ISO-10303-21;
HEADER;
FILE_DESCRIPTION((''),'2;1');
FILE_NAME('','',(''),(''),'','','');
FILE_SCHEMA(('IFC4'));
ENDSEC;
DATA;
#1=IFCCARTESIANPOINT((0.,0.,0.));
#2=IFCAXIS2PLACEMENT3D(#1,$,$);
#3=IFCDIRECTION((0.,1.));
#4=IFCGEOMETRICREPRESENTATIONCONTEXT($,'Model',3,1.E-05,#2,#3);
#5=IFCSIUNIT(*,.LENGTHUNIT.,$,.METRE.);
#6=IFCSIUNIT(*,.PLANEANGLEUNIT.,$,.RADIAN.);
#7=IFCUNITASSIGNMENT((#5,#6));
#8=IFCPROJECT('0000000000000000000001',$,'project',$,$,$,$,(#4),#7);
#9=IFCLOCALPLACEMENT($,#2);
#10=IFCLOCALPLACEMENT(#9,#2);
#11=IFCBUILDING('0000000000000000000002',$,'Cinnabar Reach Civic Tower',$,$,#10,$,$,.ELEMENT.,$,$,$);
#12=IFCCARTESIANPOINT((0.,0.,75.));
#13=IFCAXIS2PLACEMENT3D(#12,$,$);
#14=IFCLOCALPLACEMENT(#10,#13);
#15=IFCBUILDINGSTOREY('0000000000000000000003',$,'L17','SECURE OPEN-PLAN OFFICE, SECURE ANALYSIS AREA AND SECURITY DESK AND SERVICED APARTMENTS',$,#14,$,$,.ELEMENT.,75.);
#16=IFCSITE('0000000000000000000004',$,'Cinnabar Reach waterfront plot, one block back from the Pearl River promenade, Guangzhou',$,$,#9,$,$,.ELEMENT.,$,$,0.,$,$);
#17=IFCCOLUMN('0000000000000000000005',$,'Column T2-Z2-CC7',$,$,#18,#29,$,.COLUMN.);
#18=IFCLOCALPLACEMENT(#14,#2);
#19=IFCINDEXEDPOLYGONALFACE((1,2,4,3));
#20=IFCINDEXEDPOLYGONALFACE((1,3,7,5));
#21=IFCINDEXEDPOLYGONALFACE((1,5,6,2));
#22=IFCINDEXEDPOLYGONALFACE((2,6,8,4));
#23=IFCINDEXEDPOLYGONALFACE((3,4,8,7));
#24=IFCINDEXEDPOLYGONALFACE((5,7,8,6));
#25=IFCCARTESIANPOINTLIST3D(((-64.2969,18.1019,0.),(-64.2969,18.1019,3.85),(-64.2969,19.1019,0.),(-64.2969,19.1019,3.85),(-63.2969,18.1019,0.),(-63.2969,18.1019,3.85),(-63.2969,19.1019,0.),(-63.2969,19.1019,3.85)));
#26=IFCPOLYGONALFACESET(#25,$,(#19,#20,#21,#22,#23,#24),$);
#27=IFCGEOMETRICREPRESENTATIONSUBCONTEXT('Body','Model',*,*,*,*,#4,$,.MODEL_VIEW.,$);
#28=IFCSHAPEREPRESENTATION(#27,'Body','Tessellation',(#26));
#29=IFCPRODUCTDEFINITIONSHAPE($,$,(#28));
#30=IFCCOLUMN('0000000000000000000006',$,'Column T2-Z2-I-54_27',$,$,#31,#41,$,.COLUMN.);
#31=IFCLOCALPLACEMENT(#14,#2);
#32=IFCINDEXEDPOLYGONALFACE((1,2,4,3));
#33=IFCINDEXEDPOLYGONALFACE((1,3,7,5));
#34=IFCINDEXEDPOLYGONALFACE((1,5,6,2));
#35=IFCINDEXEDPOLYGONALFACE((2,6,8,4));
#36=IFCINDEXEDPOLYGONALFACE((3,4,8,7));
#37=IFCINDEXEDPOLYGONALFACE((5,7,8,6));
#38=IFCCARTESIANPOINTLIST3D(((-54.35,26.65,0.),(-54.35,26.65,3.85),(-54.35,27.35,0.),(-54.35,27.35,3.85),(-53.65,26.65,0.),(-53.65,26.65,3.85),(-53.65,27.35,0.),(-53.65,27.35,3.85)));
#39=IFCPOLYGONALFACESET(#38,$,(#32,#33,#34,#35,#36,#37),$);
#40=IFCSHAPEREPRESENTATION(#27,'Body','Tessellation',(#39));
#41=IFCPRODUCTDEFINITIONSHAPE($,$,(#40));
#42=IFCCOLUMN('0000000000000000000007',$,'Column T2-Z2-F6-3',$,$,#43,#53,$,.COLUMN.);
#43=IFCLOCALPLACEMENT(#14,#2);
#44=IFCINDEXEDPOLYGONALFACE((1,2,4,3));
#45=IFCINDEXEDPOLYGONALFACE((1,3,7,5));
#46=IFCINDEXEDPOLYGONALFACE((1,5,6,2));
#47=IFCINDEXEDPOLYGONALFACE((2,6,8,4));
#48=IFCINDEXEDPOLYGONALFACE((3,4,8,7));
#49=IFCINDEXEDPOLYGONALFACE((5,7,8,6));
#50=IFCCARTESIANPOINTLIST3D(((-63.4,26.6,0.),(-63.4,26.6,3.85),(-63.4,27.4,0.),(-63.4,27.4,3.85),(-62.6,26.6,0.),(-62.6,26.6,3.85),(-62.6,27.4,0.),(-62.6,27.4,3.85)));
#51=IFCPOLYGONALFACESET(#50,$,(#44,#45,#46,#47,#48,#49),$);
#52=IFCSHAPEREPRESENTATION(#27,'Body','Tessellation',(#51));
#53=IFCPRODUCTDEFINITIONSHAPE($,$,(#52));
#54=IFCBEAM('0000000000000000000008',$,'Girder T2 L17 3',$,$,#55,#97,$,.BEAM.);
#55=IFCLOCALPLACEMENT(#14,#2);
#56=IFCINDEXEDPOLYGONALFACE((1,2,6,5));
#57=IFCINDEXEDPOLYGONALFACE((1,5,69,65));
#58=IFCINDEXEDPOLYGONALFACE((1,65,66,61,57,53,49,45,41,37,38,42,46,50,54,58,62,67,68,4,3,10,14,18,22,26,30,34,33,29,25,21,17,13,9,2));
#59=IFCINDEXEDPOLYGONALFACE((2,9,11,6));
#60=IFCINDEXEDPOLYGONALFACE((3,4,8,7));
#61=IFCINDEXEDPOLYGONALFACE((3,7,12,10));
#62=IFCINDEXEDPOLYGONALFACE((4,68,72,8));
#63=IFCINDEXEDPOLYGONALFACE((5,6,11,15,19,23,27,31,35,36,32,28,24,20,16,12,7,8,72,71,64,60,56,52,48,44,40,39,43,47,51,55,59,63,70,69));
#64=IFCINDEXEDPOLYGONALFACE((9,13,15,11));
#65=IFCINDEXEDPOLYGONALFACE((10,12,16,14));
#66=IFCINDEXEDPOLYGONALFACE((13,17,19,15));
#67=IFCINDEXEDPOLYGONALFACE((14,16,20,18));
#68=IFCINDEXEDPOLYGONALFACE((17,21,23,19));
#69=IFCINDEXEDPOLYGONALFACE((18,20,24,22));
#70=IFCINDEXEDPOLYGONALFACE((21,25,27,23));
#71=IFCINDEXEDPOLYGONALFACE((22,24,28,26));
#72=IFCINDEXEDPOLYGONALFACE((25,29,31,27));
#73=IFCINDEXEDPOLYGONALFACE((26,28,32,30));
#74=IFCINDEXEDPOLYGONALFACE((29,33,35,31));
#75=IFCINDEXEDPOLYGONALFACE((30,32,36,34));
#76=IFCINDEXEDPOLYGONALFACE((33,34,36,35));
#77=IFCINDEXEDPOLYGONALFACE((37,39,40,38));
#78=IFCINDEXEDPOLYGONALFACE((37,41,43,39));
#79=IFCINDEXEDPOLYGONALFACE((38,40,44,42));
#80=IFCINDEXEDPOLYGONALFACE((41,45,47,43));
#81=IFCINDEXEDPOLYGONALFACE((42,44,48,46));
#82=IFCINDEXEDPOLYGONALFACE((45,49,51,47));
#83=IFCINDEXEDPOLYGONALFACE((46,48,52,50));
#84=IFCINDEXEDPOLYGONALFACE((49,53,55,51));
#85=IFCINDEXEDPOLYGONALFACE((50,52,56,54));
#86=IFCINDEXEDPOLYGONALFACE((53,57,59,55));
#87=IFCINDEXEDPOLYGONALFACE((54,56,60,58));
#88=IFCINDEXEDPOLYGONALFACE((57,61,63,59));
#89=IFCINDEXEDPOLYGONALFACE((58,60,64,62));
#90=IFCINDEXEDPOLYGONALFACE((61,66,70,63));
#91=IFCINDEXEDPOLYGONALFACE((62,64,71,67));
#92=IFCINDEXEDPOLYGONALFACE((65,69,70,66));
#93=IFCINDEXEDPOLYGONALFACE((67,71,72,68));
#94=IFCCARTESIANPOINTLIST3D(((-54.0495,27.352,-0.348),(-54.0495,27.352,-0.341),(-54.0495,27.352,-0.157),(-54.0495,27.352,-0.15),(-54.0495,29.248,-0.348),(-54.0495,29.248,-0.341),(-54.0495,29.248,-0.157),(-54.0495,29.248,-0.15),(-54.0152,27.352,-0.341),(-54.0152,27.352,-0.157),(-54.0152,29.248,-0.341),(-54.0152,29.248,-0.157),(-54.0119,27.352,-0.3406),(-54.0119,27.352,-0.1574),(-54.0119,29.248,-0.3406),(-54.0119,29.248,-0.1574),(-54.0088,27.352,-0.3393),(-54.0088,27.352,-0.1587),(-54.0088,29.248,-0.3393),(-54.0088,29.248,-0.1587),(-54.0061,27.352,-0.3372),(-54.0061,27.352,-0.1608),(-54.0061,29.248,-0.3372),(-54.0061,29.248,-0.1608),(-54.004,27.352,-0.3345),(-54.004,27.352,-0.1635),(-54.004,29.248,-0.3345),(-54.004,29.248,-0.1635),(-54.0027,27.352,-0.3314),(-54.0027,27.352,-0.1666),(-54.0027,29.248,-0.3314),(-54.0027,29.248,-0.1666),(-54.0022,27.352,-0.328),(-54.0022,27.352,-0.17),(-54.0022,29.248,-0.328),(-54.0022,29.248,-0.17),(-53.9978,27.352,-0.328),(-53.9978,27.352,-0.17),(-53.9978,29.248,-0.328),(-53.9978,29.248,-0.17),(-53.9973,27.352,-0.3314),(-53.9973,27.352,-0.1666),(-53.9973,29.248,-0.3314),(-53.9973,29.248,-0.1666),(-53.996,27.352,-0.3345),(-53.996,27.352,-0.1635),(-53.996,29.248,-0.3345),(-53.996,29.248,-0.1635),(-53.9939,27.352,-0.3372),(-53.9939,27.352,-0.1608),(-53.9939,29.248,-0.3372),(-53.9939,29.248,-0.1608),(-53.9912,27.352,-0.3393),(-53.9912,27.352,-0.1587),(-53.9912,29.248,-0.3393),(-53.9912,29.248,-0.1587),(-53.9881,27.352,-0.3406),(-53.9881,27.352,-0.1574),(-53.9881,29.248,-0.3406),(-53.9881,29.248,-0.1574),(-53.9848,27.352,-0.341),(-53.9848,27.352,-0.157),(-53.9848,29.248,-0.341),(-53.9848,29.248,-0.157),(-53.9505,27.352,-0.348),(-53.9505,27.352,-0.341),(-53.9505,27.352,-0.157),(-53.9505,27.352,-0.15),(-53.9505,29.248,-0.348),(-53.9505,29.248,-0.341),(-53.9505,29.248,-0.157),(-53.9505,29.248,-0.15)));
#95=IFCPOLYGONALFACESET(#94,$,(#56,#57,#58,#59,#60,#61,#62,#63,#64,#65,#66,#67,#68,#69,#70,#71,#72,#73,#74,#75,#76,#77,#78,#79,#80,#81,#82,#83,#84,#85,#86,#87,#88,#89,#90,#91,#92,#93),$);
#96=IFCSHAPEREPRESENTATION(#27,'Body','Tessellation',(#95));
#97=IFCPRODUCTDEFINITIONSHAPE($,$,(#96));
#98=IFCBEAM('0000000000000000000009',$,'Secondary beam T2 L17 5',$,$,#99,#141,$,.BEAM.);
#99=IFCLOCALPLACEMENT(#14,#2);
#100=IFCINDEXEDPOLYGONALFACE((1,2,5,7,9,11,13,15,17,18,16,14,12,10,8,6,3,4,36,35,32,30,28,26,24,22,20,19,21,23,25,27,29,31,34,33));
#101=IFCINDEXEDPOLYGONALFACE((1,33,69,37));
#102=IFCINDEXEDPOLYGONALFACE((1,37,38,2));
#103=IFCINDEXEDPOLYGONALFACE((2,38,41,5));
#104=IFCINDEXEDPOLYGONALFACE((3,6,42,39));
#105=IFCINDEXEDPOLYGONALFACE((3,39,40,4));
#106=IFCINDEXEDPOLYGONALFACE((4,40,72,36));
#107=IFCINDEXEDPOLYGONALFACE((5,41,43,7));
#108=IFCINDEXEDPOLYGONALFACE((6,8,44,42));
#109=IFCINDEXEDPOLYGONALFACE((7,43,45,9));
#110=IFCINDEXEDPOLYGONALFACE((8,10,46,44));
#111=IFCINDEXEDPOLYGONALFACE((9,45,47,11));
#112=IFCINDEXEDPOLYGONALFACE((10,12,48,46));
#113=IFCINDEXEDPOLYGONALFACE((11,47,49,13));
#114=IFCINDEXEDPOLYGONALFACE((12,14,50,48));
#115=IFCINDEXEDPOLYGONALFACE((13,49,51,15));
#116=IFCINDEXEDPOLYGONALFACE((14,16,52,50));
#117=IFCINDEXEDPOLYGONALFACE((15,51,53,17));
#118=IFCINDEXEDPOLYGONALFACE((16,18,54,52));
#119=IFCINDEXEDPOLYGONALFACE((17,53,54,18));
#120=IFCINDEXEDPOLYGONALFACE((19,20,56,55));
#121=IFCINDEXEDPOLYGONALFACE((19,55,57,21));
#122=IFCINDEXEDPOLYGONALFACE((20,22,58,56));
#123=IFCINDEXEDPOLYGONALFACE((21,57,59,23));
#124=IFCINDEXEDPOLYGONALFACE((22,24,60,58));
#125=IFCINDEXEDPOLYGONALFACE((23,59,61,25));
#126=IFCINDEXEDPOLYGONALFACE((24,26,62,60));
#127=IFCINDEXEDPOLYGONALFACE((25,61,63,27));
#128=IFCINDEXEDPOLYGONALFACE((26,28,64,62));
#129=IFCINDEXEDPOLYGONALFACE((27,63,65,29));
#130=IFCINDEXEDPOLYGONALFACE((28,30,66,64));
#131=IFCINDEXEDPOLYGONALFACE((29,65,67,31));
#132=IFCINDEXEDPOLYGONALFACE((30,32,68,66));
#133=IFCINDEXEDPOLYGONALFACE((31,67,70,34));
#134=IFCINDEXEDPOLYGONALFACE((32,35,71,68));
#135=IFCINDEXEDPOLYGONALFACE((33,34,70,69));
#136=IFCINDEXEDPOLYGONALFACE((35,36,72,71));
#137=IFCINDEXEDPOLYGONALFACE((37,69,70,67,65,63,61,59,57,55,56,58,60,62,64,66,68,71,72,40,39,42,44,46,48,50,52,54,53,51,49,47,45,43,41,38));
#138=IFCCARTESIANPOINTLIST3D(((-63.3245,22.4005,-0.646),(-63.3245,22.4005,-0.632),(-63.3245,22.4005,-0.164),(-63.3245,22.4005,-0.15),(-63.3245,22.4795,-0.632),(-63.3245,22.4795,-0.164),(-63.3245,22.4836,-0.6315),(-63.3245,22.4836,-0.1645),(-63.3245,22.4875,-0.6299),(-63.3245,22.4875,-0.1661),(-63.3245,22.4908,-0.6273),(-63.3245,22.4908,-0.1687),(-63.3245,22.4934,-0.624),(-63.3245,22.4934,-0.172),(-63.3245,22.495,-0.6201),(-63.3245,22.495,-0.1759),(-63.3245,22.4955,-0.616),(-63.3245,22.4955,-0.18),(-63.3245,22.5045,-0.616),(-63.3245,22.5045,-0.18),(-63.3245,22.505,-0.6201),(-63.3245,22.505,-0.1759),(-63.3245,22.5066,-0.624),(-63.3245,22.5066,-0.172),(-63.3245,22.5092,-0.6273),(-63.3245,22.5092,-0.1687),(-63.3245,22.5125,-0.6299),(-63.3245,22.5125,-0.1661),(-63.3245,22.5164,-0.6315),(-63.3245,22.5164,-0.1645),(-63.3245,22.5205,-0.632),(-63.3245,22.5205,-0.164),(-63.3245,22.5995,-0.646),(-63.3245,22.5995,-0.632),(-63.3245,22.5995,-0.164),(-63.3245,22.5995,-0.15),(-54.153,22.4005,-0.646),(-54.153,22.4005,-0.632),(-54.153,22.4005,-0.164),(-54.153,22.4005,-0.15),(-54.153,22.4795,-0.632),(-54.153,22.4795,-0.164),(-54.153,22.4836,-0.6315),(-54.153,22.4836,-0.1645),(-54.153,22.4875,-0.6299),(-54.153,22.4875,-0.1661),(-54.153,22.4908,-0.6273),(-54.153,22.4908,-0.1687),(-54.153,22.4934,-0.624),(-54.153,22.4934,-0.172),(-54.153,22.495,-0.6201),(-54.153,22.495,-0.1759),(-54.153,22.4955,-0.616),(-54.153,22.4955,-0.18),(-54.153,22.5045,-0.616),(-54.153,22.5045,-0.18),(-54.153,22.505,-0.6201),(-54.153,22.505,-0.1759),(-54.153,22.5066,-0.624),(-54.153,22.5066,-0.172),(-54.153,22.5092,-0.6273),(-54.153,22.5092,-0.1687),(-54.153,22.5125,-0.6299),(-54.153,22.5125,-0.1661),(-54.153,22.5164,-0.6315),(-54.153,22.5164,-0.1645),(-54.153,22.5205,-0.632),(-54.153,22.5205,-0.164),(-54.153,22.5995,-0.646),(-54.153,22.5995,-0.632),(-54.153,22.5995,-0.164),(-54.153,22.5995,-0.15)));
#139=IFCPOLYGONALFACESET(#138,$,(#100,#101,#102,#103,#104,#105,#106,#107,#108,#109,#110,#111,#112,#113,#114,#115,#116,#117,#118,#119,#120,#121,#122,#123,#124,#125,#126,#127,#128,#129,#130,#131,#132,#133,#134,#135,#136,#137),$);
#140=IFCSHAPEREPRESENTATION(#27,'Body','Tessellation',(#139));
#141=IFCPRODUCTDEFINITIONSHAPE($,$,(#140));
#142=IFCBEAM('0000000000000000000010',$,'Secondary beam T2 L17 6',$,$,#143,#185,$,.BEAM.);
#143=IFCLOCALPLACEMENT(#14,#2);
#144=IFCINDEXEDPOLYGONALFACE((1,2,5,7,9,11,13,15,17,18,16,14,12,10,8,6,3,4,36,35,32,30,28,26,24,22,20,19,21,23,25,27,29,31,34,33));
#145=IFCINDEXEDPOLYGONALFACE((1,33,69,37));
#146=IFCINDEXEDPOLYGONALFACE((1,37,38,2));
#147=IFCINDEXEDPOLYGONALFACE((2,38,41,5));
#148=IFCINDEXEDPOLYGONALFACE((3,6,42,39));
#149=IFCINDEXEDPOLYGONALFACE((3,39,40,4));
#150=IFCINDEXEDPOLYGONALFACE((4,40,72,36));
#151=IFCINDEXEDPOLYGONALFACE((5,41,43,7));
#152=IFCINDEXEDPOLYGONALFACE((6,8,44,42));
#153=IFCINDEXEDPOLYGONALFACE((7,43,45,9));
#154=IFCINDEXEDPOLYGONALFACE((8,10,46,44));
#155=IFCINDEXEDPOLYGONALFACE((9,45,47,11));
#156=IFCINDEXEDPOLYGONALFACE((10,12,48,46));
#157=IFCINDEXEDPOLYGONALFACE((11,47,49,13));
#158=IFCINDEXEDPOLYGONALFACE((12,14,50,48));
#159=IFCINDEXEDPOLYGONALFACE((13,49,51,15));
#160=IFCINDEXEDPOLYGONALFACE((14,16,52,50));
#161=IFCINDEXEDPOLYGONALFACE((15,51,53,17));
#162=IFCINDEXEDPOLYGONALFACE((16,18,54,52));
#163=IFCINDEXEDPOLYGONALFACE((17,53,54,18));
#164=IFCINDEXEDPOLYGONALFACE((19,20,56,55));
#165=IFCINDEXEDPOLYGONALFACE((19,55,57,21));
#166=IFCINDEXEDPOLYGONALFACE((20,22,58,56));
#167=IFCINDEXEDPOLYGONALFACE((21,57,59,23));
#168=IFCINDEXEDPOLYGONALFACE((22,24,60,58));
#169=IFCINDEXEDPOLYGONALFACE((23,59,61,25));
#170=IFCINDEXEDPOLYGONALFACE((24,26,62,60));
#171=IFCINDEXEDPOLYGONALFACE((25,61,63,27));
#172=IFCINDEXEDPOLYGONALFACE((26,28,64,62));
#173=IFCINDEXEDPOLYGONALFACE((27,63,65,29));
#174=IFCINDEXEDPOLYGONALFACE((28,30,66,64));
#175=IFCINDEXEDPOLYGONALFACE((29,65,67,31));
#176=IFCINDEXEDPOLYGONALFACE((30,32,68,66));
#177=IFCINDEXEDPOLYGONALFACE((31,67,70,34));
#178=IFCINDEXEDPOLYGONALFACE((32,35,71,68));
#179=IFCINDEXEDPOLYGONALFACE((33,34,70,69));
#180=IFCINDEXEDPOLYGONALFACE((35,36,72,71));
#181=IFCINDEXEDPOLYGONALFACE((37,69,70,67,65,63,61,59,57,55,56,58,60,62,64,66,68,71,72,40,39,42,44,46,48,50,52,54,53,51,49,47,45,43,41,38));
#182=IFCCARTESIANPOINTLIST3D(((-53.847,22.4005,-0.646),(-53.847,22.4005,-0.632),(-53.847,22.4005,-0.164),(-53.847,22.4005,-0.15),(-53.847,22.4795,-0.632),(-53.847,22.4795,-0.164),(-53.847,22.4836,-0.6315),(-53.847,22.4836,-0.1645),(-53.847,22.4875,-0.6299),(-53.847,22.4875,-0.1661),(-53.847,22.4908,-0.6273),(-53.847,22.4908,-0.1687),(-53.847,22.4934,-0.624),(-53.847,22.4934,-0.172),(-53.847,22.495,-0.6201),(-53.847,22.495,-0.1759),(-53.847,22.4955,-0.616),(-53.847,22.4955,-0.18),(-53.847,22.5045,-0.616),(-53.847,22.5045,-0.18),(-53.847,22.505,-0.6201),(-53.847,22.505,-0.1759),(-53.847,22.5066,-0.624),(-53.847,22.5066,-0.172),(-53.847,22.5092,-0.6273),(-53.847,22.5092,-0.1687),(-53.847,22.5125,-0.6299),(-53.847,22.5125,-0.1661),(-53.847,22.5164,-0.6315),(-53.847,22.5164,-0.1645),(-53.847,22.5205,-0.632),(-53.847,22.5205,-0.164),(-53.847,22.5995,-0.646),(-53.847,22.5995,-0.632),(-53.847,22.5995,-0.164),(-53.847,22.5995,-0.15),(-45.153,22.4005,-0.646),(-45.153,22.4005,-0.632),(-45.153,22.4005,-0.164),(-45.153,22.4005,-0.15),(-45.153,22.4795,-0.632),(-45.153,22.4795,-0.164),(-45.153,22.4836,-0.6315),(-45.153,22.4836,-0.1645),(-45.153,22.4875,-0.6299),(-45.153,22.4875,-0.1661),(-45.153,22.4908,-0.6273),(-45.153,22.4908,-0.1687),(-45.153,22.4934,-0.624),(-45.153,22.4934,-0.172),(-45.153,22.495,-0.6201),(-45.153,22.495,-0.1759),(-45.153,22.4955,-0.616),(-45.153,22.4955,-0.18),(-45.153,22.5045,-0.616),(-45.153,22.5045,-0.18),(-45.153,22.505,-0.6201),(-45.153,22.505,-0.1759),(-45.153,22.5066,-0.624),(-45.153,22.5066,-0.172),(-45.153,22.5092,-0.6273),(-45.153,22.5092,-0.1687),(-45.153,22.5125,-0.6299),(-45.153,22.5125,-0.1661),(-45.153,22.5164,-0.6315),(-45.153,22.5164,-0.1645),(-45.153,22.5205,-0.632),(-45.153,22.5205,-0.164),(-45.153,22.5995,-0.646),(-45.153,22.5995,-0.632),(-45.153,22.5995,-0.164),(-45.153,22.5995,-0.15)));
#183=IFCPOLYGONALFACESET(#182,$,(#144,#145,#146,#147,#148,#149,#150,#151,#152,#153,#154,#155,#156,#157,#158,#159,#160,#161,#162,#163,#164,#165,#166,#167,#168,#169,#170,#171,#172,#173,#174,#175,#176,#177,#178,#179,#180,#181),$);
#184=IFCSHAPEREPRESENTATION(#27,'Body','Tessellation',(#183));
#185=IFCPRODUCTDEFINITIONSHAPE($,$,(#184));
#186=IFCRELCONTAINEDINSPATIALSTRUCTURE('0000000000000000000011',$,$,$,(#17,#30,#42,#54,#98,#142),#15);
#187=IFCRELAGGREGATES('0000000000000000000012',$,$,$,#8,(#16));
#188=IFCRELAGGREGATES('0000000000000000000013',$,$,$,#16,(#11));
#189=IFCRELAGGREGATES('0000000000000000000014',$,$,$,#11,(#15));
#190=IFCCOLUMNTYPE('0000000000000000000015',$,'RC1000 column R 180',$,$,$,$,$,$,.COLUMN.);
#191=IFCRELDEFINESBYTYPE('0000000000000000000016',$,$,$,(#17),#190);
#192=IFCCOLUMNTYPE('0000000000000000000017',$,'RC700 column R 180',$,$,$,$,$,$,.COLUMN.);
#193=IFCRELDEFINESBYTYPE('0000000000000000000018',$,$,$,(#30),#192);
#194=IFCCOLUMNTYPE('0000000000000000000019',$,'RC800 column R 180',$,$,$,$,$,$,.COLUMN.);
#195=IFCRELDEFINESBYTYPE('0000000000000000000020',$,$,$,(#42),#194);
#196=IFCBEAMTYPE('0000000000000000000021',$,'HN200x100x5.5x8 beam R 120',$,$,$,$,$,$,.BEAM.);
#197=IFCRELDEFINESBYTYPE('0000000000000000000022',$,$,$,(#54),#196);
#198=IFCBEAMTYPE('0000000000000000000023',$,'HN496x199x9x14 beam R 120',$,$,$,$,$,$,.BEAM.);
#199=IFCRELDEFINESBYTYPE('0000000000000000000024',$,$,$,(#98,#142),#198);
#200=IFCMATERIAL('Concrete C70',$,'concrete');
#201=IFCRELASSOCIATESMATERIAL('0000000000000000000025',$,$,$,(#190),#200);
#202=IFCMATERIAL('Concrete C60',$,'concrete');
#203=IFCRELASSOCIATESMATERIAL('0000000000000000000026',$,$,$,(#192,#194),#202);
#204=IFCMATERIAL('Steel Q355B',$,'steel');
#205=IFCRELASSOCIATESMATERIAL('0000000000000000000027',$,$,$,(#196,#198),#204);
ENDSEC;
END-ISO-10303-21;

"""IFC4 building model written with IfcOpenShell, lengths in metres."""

from ifc_helpers import new_model, si_unit, direction, frame, origin, origin_2d, place, context, subcontext, project, spatial, rectangle, i_section, extrude, material, material_profile, profile_set, type_object, element, save


model = new_model("IFC4")

# Units and contexts
model_context = context("Model", 3, precision=1e-05, world=origin(), true_north=direction((0.0, 1.0)))
body_context = subcontext(model_context, "Body", "Model", "MODEL_VIEW")
ifc_project = project(units=[si_unit("LENGTHUNIT", "METRE"), si_unit("PLANEANGLEUNIT", "RADIAN")], contexts=[model_context])

# Site, building, storey
site_placement = place(None, origin())
site = spatial("IfcSite", under=ifc_project, at=site_placement, Name="Cinnabar Reach waterfront plot, one block back from the Pearl River promenade, Guangzhou", CompositionType="ELEMENT", RefElevation=0.0)
building_placement = place(site_placement, origin())
building = spatial("IfcBuilding", under=site, at=building_placement, Name="Cinnabar Reach Civic Tower", CompositionType="ELEMENT")
storey_placement = place(building_placement, frame((0.0, 0.0, 75.0)))
storey = spatial("IfcBuildingStorey", under=building, at=storey_placement, Name="L17", Description="SECURE OPEN-PLAN OFFICE, SECURE ANALYSIS AREA AND SECURITY DESK AND SERVICED APARTMENTS", CompositionType="ELEMENT", Elevation=75.0)

# Columns
ifc_material_1 = material(Name="Concrete C70", Category="concrete")
ifc_material_profile_1 = material_profile(ifc_material_1, rectangle(XDim=1.0, YDim=1.0, at=origin_2d()), Name="RC1000")
ifc_profile_set_1 = profile_set([ifc_material_profile_1], Name="Concrete C70")
column_type_1 = type_object("IfcColumnType", Name="RC1000 column R 180", PredefinedType="COLUMN", material=ifc_profile_set_1)
column_1_placement = place(storey_placement, frame((-63.7969, 18.6019, 0.0), z_axis=(0.0, 0.0, 1.0), x_axis=(1.0, 0.0, 0.0)))
element("IfcColumn", 1, at=column_1_placement, inside=storey, type_object=column_type_1, Name="Column T2-Z2-CC7", PredefinedType="COLUMN", context=body_context, shape_type="SweptSolid", body=[
    extrude(rectangle(XDim=1.0, YDim=1.0, at=origin_2d()), origin(), (0.0, 0.0, 1.0), 3.85),
])
ifc_material_2 = material(Name="Concrete C60", Category="concrete")
ifc_material_profile_2 = material_profile(ifc_material_2, rectangle(XDim=0.7, YDim=0.7, at=origin_2d()), Name="RC700")
ifc_profile_set_2 = profile_set([ifc_material_profile_2], Name="Concrete C60")
column_type_2 = type_object("IfcColumnType", Name="RC700 column R 180", PredefinedType="COLUMN", material=ifc_profile_set_2)
column_2_placement = place(storey_placement, frame((-54.0, 27.0, 0.0), z_axis=(0.0, 0.0, 1.0), x_axis=(1.0, 0.0, 0.0)))
element("IfcColumn", 2, at=column_2_placement, inside=storey, type_object=column_type_2, Name="Column T2-Z2-I-54_27", PredefinedType="COLUMN", context=body_context, shape_type="SweptSolid", body=[
    extrude(rectangle(XDim=0.7, YDim=0.7, at=origin_2d()), origin(), (0.0, 0.0, 1.0), 3.85),
])
ifc_material_profile_3 = material_profile(ifc_material_2, rectangle(XDim=0.8, YDim=0.8, at=origin_2d()), Name="RC800")
ifc_profile_set_3 = profile_set([ifc_material_profile_3], Name="Concrete C60")
column_type_3 = type_object("IfcColumnType", Name="RC800 column R 180", PredefinedType="COLUMN", material=ifc_profile_set_3)
column_3_placement = place(storey_placement, frame((-63.0, 27.0, 0.0), z_axis=(0.0, 0.0, 1.0), x_axis=(1.0, 0.0, 0.0)))
element("IfcColumn", 3, at=column_3_placement, inside=storey, type_object=column_type_3, Name="Column T2-Z2-F6-3", PredefinedType="COLUMN", context=body_context, shape_type="SweptSolid", body=[
    extrude(rectangle(XDim=0.8, YDim=0.8, at=origin_2d()), origin(), (0.0, 0.0, 1.0), 3.85),
])

# Beams
ifc_material_3 = material(Name="Steel Q355B", Category="steel")
ifc_material_profile_4 = material_profile(ifc_material_3, i_section(OverallWidth=0.099, OverallDepth=0.198, WebThickness=0.0045, FlangeThickness=0.007, FilletRadius=0.013, at=origin_2d()), Name="HN200x100x5.5x8")
ifc_profile_set_4 = profile_set([ifc_material_profile_4], Name="Steel Q355B")
beam_type_1 = type_object("IfcBeamType", Name="HN200x100x5.5x8 beam R 120", PredefinedType="BEAM", material=ifc_profile_set_4)
beam_1_placement = place(storey_placement, frame((-54.0, 27.352, -0.249), z_axis=(0.0, 1.0, 0.0), x_axis=(-1.0, 0.0, 0.0)))
element("IfcBeam", 4, at=beam_1_placement, inside=storey, type_object=beam_type_1, Name="Girder T2 L17 3", PredefinedType="BEAM", context=body_context, shape_type="SweptSolid", body=[
    extrude(i_section(OverallWidth=0.099, OverallDepth=0.198, WebThickness=0.0045, FlangeThickness=0.007, FilletRadius=0.013, at=origin_2d()), origin(), (0.0, 0.0, 1.0), 1.896),
])
ifc_material_profile_5 = material_profile(ifc_material_3, i_section(OverallWidth=0.199, OverallDepth=0.496, WebThickness=0.009, FlangeThickness=0.014, FilletRadius=0.016, at=origin_2d()), Name="HN496x199x9x14")
ifc_profile_set_5 = profile_set([ifc_material_profile_5], Name="Steel Q355B")
beam_type_2 = type_object("IfcBeamType", Name="HN496x199x9x14 beam R 120", PredefinedType="BEAM", material=ifc_profile_set_5)
beam_2_placement = place(storey_placement, frame((-63.3245, 22.5, -0.398), z_axis=(1.0, 0.0, 0.0), x_axis=(0.0, 1.0, 0.0)))
element("IfcBeam", 5, at=beam_2_placement, inside=storey, type_object=beam_type_2, Name="Secondary beam T2 L17 5", PredefinedType="BEAM", context=body_context, shape_type="SweptSolid", body=[
    extrude(i_section(OverallWidth=0.199, OverallDepth=0.496, WebThickness=0.009, FlangeThickness=0.014, FilletRadius=0.016, at=origin_2d()), origin(), (0.0, 0.0, 1.0), 9.1715),
])
beam_3_placement = place(storey_placement, frame((-53.847, 22.5, -0.398), z_axis=(1.0, 0.0, 0.0), x_axis=(0.0, 1.0, 0.0)))
element("IfcBeam", 6, at=beam_3_placement, inside=storey, type_object=beam_type_2, Name="Secondary beam T2 L17 6", PredefinedType="BEAM", context=body_context, shape_type="SweptSolid", body=[
    extrude(i_section(OverallWidth=0.199, OverallDepth=0.496, WebThickness=0.009, FlangeThickness=0.014, FilletRadius=0.016, at=origin_2d()), origin(), (0.0, 0.0, 1.0), 8.694),
])

save(model, "model.ifc")
